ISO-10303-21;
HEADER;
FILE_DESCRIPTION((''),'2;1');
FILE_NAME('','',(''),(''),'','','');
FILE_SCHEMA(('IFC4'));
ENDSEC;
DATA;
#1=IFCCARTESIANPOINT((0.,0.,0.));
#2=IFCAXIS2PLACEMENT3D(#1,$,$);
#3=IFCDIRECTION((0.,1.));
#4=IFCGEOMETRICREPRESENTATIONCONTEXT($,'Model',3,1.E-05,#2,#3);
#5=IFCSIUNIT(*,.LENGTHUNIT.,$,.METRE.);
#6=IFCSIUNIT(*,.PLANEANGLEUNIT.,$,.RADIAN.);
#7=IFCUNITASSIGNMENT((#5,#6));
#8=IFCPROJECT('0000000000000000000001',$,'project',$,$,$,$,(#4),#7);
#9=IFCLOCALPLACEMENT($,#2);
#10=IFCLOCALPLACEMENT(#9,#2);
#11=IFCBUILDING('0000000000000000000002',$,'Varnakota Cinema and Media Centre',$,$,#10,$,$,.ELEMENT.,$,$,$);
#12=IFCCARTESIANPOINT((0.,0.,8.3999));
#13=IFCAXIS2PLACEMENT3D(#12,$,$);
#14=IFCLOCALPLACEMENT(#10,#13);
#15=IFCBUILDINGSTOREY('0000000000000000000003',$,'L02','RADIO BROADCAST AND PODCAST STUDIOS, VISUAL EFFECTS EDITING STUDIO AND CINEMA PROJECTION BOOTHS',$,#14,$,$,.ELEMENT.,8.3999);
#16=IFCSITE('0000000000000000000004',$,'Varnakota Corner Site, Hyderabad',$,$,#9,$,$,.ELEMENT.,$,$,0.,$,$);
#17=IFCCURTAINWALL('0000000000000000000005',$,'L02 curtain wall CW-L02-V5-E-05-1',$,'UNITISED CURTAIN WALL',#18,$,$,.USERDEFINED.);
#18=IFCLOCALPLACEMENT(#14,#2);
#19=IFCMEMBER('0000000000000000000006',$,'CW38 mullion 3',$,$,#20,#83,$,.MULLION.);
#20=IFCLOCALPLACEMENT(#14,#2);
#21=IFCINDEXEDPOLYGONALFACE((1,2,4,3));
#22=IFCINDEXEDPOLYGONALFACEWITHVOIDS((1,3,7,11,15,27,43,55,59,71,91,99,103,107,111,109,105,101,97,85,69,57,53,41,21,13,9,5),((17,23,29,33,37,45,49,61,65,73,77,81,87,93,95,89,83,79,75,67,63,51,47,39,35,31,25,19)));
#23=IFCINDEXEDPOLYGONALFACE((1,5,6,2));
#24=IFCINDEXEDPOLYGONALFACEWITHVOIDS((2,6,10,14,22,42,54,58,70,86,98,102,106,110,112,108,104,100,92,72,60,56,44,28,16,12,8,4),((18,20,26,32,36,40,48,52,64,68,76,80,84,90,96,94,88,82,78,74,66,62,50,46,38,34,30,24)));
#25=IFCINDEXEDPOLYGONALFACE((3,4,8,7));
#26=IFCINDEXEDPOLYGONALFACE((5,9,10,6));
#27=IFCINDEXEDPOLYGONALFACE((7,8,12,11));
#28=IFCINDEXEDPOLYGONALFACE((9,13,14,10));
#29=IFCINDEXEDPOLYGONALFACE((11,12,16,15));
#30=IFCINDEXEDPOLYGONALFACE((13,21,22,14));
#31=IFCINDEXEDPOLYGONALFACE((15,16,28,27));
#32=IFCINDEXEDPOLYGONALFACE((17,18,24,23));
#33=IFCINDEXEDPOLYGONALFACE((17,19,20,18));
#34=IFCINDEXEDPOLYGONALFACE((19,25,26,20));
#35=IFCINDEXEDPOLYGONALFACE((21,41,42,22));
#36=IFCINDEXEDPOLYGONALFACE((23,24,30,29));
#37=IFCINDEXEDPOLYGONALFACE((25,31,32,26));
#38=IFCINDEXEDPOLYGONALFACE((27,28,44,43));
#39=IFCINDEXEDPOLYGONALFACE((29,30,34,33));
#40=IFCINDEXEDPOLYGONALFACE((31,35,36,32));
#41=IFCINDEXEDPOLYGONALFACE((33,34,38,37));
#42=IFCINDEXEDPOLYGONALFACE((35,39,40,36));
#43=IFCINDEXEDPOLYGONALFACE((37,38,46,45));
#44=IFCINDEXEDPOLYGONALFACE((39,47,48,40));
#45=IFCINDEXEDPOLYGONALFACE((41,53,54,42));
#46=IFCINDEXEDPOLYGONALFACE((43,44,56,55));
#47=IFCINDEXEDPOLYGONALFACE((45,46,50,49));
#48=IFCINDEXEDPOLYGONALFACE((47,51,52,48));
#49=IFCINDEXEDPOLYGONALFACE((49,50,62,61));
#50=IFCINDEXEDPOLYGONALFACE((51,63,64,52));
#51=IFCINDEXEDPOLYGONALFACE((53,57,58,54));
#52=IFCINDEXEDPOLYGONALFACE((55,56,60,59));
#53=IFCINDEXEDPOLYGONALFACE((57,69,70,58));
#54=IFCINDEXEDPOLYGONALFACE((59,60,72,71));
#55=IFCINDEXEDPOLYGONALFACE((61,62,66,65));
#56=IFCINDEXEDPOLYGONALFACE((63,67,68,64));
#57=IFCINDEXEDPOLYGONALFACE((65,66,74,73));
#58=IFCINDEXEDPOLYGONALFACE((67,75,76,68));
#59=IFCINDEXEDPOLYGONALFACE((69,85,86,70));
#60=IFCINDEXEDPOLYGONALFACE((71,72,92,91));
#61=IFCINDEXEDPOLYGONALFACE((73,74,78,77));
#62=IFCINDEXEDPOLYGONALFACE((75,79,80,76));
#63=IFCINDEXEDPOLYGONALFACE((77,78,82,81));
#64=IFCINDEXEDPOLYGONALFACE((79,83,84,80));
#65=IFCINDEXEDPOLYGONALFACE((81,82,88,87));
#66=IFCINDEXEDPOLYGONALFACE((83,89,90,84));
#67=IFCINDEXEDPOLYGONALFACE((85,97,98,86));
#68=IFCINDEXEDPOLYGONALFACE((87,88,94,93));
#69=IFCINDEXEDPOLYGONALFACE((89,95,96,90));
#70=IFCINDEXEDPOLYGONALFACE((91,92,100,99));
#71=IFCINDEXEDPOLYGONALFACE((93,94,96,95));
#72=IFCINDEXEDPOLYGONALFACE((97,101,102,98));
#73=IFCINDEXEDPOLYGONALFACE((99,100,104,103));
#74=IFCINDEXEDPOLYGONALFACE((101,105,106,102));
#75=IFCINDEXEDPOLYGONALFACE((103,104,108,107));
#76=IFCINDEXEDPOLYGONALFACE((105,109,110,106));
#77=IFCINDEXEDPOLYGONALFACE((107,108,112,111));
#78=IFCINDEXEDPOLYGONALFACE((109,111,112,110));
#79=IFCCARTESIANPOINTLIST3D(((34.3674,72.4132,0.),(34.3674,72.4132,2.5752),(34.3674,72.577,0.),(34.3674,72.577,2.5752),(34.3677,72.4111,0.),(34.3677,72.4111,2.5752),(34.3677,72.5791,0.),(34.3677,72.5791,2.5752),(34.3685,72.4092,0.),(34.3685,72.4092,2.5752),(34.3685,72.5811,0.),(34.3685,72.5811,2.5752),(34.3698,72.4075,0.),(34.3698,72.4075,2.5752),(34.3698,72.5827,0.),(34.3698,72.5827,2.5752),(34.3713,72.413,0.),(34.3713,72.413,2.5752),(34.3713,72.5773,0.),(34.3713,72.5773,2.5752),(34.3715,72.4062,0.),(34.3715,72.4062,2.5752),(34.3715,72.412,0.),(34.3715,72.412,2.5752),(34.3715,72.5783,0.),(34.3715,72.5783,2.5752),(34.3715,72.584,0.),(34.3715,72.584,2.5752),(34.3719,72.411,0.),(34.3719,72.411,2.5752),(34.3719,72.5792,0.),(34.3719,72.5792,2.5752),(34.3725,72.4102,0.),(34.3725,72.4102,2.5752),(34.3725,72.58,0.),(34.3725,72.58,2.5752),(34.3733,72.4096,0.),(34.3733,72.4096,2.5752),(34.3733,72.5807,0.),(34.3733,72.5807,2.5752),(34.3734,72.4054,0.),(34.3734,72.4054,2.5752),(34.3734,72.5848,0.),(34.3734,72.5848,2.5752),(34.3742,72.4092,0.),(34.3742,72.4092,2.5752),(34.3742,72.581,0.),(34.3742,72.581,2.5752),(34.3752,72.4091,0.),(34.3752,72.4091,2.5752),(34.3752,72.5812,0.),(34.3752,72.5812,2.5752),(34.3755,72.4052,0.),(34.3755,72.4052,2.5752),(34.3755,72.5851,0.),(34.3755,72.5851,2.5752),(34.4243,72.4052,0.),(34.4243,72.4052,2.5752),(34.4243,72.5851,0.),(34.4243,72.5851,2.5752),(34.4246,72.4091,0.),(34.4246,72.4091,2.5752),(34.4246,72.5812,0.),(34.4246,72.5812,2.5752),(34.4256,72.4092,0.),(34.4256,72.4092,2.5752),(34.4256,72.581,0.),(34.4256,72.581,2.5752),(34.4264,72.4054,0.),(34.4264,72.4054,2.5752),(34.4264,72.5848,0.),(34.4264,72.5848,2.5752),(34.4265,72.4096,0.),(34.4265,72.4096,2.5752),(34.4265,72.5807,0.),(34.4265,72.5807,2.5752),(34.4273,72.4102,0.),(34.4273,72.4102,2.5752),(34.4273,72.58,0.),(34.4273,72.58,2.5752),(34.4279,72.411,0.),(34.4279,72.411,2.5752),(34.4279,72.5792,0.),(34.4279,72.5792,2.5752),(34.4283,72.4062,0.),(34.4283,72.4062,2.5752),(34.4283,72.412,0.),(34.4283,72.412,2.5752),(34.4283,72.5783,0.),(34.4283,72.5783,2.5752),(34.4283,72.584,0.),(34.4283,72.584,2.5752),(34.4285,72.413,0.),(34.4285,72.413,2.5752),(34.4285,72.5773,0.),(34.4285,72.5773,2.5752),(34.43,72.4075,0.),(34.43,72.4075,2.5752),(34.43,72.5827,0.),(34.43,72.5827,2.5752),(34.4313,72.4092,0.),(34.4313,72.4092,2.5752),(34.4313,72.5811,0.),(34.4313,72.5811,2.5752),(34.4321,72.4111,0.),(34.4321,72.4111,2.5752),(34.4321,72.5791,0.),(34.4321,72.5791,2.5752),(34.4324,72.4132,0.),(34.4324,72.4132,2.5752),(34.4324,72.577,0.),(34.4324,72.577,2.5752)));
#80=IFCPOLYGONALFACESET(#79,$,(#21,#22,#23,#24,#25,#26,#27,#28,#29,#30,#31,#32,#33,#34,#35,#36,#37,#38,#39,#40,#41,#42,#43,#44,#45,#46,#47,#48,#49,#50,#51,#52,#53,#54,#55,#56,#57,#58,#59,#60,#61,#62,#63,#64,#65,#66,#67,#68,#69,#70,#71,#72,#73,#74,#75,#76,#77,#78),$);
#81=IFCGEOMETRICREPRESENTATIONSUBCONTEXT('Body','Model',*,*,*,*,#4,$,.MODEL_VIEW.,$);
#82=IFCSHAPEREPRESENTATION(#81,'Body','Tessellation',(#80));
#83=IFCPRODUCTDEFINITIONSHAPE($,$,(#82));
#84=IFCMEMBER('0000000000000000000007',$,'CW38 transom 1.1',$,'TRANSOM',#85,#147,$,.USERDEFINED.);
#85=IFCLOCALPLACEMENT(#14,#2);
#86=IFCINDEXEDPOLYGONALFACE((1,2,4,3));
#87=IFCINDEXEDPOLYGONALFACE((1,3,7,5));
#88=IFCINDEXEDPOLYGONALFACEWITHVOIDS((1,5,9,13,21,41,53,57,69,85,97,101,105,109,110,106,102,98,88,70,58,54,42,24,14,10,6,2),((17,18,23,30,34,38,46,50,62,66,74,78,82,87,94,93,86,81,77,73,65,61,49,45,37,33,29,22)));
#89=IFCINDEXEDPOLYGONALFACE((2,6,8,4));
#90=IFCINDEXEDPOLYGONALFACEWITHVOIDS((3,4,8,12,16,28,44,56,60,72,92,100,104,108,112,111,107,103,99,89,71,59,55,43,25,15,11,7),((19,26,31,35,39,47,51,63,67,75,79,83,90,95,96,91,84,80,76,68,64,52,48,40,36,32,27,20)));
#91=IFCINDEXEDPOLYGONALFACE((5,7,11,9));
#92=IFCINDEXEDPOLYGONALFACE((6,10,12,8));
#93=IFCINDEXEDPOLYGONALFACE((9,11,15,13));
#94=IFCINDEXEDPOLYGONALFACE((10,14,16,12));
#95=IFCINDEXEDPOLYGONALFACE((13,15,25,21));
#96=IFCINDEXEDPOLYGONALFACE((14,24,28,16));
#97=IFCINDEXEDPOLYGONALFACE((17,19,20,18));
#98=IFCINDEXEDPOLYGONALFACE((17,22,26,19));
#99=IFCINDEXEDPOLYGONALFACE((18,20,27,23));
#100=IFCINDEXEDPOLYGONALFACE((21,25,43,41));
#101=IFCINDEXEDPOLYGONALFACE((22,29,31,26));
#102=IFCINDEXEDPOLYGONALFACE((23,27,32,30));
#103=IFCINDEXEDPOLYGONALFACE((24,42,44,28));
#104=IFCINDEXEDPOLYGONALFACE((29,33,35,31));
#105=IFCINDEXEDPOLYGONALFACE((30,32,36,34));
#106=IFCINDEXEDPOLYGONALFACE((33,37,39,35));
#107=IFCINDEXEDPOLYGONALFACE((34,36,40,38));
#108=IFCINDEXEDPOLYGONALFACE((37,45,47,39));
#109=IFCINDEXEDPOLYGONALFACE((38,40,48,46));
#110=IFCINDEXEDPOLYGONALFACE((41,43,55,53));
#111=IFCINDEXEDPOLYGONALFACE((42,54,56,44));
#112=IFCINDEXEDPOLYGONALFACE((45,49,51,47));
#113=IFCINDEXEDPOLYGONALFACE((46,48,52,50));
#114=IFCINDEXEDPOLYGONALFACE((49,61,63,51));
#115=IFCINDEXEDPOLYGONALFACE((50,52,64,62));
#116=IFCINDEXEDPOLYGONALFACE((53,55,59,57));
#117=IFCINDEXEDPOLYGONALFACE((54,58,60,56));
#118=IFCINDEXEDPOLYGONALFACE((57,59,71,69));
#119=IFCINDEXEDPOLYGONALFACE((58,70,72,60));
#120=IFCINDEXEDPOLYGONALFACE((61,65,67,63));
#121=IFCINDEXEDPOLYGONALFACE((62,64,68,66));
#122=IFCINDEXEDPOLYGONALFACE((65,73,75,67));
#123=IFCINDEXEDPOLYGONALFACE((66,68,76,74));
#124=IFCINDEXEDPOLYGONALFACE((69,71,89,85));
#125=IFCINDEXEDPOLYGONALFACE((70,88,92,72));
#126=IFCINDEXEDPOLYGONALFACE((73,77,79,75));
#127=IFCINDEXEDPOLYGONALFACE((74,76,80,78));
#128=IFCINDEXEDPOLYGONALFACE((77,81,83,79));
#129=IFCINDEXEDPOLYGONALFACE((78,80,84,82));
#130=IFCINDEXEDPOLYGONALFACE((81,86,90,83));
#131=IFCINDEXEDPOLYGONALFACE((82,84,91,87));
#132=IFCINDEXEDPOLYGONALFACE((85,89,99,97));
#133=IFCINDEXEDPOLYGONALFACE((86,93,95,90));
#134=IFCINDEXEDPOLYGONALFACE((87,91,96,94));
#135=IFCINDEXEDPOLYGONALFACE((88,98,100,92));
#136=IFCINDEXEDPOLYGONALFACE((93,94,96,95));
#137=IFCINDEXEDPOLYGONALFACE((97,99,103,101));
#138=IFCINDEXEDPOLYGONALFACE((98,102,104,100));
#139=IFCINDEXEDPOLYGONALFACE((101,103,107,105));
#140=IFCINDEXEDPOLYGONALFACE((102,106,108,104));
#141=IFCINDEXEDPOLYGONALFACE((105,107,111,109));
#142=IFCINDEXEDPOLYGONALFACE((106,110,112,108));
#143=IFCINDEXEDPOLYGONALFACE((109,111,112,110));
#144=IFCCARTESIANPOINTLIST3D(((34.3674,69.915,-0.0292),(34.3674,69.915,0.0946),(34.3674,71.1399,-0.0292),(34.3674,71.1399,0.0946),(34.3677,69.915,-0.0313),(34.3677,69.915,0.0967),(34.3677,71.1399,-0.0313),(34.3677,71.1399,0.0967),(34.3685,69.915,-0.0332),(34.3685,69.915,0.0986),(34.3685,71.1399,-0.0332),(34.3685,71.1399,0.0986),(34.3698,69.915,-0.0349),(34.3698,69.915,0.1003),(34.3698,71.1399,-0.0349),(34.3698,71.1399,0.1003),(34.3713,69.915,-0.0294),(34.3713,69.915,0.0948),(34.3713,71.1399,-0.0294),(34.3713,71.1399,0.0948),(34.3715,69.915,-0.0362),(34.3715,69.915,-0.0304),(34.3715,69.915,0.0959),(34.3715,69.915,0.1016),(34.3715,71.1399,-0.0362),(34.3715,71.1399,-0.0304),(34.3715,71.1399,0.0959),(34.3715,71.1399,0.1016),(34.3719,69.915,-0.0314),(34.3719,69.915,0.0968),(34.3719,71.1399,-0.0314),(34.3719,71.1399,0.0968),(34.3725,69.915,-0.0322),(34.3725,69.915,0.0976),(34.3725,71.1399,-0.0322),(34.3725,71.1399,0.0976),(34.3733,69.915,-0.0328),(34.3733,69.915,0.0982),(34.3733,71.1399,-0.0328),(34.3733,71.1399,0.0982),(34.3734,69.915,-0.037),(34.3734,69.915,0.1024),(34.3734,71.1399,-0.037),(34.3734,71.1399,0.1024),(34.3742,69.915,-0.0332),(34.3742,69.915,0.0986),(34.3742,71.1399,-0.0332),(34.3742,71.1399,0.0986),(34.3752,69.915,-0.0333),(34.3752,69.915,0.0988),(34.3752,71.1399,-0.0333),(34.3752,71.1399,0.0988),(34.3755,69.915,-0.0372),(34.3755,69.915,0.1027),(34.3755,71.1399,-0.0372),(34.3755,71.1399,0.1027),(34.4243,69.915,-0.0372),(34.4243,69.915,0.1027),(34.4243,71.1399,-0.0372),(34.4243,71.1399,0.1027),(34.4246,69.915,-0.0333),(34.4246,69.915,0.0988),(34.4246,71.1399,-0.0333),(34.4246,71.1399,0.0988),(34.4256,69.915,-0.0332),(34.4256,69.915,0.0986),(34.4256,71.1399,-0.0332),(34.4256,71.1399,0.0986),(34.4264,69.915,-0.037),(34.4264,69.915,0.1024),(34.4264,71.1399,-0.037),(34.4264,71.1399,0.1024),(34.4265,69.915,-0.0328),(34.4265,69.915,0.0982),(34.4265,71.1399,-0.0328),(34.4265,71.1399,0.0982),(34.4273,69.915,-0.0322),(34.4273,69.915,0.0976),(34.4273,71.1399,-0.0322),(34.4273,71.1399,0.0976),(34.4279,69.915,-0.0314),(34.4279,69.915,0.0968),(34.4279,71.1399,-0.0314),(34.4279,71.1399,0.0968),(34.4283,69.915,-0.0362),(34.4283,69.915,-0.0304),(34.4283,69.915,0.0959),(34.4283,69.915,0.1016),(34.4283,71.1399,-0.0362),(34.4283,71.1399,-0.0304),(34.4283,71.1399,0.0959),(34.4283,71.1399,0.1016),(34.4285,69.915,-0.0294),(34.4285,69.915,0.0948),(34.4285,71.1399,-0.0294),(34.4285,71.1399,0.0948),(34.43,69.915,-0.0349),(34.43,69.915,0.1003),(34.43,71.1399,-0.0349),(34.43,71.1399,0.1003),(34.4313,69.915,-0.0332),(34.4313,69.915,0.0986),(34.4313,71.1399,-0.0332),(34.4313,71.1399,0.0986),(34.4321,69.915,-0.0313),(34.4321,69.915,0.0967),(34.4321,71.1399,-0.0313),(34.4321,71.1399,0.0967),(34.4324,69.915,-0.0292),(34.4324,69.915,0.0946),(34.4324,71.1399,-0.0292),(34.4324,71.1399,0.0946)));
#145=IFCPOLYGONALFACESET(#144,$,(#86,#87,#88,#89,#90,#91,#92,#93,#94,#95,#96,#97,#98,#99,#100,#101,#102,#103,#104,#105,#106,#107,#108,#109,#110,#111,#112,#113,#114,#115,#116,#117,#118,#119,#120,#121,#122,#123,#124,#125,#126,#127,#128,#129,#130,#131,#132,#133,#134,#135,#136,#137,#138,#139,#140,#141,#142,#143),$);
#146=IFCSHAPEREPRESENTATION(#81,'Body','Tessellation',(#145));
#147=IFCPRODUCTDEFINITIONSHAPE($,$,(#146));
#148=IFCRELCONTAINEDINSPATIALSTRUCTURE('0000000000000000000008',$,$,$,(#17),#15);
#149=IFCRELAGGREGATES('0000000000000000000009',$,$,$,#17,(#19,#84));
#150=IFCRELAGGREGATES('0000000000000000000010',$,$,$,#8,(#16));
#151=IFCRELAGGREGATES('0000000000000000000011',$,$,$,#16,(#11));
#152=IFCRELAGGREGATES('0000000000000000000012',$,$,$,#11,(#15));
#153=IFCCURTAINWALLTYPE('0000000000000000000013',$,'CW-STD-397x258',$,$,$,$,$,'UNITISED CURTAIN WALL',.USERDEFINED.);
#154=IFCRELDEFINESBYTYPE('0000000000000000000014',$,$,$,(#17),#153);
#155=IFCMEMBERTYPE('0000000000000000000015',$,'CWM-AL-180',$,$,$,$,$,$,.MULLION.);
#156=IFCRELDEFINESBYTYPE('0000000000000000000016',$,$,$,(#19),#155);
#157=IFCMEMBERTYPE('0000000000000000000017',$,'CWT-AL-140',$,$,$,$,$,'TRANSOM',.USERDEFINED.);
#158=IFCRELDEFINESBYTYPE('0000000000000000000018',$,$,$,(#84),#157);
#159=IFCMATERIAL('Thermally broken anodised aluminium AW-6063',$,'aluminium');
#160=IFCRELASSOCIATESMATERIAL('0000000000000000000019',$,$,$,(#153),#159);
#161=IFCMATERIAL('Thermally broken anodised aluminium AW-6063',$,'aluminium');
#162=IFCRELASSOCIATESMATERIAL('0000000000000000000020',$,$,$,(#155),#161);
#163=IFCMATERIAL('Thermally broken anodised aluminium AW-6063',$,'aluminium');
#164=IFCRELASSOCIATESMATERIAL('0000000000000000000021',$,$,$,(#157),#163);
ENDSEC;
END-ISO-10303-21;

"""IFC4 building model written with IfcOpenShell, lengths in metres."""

from ifc_helpers import new_model, si_unit, direction, frame, origin, origin_2d, place, context, subcontext, project, spatial, hollow_rectangle, extrude, material, material_profile, profile_set, type_object, element, aggregate, save


model = new_model("IFC4")

# Units and contexts
model_context = context("Model", 3, precision=1e-05, world=origin(), true_north=direction((0.0, 1.0)))
body_context = subcontext(model_context, "Body", "Model", "MODEL_VIEW")
ifc_project = project(units=[si_unit("LENGTHUNIT", "METRE"), si_unit("PLANEANGLEUNIT", "RADIAN")], contexts=[model_context])

# Site, building, storey
site_placement = place(None, origin())
site = spatial("IfcSite", under=ifc_project, at=site_placement, Name="Varnakota Corner Site, Hyderabad", CompositionType="ELEMENT", RefElevation=0.0)
building_placement = place(site_placement, origin())
building = spatial("IfcBuilding", under=site, at=building_placement, Name="Varnakota Cinema and Media Centre", CompositionType="ELEMENT")
storey_placement = place(building_placement, frame((0.0, 0.0, 8.3999)))
storey = spatial("IfcBuildingStorey", under=building, at=storey_placement, Name="L02", Description="RADIO BROADCAST AND PODCAST STUDIOS, VISUAL EFFECTS EDITING STUDIO AND CINEMA PROJECTION BOOTHS", CompositionType="ELEMENT", Elevation=8.3999)

# Curtain wall, members
ifc_material_1 = material(Name="Thermally broken anodised aluminium AW-6063", Category="aluminium")
curtain_wall_type = type_object("IfcCurtainWallType", Name="CW-STD-397x258", ElementType="UNITISED CURTAIN WALL", PredefinedType="USERDEFINED", material=ifc_material_1)
curtain_wall_placement = place(storey_placement, origin())
curtain_wall = element("IfcCurtainWall", 1, at=curtain_wall_placement, inside=storey, type_object=curtain_wall_type, Name="L02 curtain wall CW-L02-V5-E-05-1", ObjectType="UNITISED CURTAIN WALL", PredefinedType="USERDEFINED")
ifc_material_2 = material(Name="Thermally broken anodised aluminium AW-6063", Category="aluminium")
ifc_material_profile_1 = material_profile(ifc_material_2, hollow_rectangle(XDim=0.0649, YDim=0.1799, WallThickness=0.0039, InnerFilletRadius=0.0039, OuterFilletRadius=0.0081, at=origin_2d()), Name="AL-MULLION 180x65x4")
ifc_profile_set_1 = profile_set([ifc_material_profile_1], Name="Thermally broken anodised aluminium AW-6063")
member_type_1 = type_object("IfcMemberType", Name="CWM-AL-180", PredefinedType="MULLION", material=ifc_profile_set_1)
member_1_placement = place(storey_placement, frame((34.3999, 72.4951, 0.0), z_axis=(0.0, 0.0, 1.0), x_axis=(-1.0, 0.0, 0.0)))
member_1 = element("IfcMember", 2, at=member_1_placement, type_object=member_type_1, Name="CW38 mullion 3", PredefinedType="MULLION", context=body_context, shape_type="SweptSolid", body=[
    extrude(hollow_rectangle(XDim=0.0649, YDim=0.1799, WallThickness=0.0039, InnerFilletRadius=0.0039, OuterFilletRadius=0.0081, at=origin_2d()), origin(), (0.0, 0.0, 1.0), 2.5752),
])
ifc_material_3 = material(Name="Thermally broken anodised aluminium AW-6063", Category="aluminium")
ifc_material_profile_2 = material_profile(ifc_material_3, hollow_rectangle(XDim=0.0649, YDim=0.1399, WallThickness=0.0039, InnerFilletRadius=0.0039, OuterFilletRadius=0.0081, at=origin_2d()), Name="AL-TRANSOM 140x65x4")
ifc_profile_set_2 = profile_set([ifc_material_profile_2], Name="Thermally broken anodised aluminium AW-6063")
member_type_2 = type_object("IfcMemberType", Name="CWT-AL-140", ElementType="TRANSOM", PredefinedType="USERDEFINED", material=ifc_profile_set_2)
member_2_placement = place(storey_placement, frame((34.3999, 69.915, 0.0327), z_axis=(0.0, 1.0, 0.0), x_axis=(-1.0, 0.0, 0.0)))
member_2 = element("IfcMember", 3, at=member_2_placement, type_object=member_type_2, Name="CW38 transom 1.1", ObjectType="TRANSOM", PredefinedType="USERDEFINED", context=body_context, shape_type="SweptSolid", body=[
    extrude(hollow_rectangle(XDim=0.0649, YDim=0.1399, WallThickness=0.0039, InnerFilletRadius=0.0039, OuterFilletRadius=0.0081, at=origin_2d()), origin(), (0.0, 0.0, 1.0), 1.2249),
])
aggregate(curtain_wall, [member_1, member_2])

save(model, "model.ifc")
